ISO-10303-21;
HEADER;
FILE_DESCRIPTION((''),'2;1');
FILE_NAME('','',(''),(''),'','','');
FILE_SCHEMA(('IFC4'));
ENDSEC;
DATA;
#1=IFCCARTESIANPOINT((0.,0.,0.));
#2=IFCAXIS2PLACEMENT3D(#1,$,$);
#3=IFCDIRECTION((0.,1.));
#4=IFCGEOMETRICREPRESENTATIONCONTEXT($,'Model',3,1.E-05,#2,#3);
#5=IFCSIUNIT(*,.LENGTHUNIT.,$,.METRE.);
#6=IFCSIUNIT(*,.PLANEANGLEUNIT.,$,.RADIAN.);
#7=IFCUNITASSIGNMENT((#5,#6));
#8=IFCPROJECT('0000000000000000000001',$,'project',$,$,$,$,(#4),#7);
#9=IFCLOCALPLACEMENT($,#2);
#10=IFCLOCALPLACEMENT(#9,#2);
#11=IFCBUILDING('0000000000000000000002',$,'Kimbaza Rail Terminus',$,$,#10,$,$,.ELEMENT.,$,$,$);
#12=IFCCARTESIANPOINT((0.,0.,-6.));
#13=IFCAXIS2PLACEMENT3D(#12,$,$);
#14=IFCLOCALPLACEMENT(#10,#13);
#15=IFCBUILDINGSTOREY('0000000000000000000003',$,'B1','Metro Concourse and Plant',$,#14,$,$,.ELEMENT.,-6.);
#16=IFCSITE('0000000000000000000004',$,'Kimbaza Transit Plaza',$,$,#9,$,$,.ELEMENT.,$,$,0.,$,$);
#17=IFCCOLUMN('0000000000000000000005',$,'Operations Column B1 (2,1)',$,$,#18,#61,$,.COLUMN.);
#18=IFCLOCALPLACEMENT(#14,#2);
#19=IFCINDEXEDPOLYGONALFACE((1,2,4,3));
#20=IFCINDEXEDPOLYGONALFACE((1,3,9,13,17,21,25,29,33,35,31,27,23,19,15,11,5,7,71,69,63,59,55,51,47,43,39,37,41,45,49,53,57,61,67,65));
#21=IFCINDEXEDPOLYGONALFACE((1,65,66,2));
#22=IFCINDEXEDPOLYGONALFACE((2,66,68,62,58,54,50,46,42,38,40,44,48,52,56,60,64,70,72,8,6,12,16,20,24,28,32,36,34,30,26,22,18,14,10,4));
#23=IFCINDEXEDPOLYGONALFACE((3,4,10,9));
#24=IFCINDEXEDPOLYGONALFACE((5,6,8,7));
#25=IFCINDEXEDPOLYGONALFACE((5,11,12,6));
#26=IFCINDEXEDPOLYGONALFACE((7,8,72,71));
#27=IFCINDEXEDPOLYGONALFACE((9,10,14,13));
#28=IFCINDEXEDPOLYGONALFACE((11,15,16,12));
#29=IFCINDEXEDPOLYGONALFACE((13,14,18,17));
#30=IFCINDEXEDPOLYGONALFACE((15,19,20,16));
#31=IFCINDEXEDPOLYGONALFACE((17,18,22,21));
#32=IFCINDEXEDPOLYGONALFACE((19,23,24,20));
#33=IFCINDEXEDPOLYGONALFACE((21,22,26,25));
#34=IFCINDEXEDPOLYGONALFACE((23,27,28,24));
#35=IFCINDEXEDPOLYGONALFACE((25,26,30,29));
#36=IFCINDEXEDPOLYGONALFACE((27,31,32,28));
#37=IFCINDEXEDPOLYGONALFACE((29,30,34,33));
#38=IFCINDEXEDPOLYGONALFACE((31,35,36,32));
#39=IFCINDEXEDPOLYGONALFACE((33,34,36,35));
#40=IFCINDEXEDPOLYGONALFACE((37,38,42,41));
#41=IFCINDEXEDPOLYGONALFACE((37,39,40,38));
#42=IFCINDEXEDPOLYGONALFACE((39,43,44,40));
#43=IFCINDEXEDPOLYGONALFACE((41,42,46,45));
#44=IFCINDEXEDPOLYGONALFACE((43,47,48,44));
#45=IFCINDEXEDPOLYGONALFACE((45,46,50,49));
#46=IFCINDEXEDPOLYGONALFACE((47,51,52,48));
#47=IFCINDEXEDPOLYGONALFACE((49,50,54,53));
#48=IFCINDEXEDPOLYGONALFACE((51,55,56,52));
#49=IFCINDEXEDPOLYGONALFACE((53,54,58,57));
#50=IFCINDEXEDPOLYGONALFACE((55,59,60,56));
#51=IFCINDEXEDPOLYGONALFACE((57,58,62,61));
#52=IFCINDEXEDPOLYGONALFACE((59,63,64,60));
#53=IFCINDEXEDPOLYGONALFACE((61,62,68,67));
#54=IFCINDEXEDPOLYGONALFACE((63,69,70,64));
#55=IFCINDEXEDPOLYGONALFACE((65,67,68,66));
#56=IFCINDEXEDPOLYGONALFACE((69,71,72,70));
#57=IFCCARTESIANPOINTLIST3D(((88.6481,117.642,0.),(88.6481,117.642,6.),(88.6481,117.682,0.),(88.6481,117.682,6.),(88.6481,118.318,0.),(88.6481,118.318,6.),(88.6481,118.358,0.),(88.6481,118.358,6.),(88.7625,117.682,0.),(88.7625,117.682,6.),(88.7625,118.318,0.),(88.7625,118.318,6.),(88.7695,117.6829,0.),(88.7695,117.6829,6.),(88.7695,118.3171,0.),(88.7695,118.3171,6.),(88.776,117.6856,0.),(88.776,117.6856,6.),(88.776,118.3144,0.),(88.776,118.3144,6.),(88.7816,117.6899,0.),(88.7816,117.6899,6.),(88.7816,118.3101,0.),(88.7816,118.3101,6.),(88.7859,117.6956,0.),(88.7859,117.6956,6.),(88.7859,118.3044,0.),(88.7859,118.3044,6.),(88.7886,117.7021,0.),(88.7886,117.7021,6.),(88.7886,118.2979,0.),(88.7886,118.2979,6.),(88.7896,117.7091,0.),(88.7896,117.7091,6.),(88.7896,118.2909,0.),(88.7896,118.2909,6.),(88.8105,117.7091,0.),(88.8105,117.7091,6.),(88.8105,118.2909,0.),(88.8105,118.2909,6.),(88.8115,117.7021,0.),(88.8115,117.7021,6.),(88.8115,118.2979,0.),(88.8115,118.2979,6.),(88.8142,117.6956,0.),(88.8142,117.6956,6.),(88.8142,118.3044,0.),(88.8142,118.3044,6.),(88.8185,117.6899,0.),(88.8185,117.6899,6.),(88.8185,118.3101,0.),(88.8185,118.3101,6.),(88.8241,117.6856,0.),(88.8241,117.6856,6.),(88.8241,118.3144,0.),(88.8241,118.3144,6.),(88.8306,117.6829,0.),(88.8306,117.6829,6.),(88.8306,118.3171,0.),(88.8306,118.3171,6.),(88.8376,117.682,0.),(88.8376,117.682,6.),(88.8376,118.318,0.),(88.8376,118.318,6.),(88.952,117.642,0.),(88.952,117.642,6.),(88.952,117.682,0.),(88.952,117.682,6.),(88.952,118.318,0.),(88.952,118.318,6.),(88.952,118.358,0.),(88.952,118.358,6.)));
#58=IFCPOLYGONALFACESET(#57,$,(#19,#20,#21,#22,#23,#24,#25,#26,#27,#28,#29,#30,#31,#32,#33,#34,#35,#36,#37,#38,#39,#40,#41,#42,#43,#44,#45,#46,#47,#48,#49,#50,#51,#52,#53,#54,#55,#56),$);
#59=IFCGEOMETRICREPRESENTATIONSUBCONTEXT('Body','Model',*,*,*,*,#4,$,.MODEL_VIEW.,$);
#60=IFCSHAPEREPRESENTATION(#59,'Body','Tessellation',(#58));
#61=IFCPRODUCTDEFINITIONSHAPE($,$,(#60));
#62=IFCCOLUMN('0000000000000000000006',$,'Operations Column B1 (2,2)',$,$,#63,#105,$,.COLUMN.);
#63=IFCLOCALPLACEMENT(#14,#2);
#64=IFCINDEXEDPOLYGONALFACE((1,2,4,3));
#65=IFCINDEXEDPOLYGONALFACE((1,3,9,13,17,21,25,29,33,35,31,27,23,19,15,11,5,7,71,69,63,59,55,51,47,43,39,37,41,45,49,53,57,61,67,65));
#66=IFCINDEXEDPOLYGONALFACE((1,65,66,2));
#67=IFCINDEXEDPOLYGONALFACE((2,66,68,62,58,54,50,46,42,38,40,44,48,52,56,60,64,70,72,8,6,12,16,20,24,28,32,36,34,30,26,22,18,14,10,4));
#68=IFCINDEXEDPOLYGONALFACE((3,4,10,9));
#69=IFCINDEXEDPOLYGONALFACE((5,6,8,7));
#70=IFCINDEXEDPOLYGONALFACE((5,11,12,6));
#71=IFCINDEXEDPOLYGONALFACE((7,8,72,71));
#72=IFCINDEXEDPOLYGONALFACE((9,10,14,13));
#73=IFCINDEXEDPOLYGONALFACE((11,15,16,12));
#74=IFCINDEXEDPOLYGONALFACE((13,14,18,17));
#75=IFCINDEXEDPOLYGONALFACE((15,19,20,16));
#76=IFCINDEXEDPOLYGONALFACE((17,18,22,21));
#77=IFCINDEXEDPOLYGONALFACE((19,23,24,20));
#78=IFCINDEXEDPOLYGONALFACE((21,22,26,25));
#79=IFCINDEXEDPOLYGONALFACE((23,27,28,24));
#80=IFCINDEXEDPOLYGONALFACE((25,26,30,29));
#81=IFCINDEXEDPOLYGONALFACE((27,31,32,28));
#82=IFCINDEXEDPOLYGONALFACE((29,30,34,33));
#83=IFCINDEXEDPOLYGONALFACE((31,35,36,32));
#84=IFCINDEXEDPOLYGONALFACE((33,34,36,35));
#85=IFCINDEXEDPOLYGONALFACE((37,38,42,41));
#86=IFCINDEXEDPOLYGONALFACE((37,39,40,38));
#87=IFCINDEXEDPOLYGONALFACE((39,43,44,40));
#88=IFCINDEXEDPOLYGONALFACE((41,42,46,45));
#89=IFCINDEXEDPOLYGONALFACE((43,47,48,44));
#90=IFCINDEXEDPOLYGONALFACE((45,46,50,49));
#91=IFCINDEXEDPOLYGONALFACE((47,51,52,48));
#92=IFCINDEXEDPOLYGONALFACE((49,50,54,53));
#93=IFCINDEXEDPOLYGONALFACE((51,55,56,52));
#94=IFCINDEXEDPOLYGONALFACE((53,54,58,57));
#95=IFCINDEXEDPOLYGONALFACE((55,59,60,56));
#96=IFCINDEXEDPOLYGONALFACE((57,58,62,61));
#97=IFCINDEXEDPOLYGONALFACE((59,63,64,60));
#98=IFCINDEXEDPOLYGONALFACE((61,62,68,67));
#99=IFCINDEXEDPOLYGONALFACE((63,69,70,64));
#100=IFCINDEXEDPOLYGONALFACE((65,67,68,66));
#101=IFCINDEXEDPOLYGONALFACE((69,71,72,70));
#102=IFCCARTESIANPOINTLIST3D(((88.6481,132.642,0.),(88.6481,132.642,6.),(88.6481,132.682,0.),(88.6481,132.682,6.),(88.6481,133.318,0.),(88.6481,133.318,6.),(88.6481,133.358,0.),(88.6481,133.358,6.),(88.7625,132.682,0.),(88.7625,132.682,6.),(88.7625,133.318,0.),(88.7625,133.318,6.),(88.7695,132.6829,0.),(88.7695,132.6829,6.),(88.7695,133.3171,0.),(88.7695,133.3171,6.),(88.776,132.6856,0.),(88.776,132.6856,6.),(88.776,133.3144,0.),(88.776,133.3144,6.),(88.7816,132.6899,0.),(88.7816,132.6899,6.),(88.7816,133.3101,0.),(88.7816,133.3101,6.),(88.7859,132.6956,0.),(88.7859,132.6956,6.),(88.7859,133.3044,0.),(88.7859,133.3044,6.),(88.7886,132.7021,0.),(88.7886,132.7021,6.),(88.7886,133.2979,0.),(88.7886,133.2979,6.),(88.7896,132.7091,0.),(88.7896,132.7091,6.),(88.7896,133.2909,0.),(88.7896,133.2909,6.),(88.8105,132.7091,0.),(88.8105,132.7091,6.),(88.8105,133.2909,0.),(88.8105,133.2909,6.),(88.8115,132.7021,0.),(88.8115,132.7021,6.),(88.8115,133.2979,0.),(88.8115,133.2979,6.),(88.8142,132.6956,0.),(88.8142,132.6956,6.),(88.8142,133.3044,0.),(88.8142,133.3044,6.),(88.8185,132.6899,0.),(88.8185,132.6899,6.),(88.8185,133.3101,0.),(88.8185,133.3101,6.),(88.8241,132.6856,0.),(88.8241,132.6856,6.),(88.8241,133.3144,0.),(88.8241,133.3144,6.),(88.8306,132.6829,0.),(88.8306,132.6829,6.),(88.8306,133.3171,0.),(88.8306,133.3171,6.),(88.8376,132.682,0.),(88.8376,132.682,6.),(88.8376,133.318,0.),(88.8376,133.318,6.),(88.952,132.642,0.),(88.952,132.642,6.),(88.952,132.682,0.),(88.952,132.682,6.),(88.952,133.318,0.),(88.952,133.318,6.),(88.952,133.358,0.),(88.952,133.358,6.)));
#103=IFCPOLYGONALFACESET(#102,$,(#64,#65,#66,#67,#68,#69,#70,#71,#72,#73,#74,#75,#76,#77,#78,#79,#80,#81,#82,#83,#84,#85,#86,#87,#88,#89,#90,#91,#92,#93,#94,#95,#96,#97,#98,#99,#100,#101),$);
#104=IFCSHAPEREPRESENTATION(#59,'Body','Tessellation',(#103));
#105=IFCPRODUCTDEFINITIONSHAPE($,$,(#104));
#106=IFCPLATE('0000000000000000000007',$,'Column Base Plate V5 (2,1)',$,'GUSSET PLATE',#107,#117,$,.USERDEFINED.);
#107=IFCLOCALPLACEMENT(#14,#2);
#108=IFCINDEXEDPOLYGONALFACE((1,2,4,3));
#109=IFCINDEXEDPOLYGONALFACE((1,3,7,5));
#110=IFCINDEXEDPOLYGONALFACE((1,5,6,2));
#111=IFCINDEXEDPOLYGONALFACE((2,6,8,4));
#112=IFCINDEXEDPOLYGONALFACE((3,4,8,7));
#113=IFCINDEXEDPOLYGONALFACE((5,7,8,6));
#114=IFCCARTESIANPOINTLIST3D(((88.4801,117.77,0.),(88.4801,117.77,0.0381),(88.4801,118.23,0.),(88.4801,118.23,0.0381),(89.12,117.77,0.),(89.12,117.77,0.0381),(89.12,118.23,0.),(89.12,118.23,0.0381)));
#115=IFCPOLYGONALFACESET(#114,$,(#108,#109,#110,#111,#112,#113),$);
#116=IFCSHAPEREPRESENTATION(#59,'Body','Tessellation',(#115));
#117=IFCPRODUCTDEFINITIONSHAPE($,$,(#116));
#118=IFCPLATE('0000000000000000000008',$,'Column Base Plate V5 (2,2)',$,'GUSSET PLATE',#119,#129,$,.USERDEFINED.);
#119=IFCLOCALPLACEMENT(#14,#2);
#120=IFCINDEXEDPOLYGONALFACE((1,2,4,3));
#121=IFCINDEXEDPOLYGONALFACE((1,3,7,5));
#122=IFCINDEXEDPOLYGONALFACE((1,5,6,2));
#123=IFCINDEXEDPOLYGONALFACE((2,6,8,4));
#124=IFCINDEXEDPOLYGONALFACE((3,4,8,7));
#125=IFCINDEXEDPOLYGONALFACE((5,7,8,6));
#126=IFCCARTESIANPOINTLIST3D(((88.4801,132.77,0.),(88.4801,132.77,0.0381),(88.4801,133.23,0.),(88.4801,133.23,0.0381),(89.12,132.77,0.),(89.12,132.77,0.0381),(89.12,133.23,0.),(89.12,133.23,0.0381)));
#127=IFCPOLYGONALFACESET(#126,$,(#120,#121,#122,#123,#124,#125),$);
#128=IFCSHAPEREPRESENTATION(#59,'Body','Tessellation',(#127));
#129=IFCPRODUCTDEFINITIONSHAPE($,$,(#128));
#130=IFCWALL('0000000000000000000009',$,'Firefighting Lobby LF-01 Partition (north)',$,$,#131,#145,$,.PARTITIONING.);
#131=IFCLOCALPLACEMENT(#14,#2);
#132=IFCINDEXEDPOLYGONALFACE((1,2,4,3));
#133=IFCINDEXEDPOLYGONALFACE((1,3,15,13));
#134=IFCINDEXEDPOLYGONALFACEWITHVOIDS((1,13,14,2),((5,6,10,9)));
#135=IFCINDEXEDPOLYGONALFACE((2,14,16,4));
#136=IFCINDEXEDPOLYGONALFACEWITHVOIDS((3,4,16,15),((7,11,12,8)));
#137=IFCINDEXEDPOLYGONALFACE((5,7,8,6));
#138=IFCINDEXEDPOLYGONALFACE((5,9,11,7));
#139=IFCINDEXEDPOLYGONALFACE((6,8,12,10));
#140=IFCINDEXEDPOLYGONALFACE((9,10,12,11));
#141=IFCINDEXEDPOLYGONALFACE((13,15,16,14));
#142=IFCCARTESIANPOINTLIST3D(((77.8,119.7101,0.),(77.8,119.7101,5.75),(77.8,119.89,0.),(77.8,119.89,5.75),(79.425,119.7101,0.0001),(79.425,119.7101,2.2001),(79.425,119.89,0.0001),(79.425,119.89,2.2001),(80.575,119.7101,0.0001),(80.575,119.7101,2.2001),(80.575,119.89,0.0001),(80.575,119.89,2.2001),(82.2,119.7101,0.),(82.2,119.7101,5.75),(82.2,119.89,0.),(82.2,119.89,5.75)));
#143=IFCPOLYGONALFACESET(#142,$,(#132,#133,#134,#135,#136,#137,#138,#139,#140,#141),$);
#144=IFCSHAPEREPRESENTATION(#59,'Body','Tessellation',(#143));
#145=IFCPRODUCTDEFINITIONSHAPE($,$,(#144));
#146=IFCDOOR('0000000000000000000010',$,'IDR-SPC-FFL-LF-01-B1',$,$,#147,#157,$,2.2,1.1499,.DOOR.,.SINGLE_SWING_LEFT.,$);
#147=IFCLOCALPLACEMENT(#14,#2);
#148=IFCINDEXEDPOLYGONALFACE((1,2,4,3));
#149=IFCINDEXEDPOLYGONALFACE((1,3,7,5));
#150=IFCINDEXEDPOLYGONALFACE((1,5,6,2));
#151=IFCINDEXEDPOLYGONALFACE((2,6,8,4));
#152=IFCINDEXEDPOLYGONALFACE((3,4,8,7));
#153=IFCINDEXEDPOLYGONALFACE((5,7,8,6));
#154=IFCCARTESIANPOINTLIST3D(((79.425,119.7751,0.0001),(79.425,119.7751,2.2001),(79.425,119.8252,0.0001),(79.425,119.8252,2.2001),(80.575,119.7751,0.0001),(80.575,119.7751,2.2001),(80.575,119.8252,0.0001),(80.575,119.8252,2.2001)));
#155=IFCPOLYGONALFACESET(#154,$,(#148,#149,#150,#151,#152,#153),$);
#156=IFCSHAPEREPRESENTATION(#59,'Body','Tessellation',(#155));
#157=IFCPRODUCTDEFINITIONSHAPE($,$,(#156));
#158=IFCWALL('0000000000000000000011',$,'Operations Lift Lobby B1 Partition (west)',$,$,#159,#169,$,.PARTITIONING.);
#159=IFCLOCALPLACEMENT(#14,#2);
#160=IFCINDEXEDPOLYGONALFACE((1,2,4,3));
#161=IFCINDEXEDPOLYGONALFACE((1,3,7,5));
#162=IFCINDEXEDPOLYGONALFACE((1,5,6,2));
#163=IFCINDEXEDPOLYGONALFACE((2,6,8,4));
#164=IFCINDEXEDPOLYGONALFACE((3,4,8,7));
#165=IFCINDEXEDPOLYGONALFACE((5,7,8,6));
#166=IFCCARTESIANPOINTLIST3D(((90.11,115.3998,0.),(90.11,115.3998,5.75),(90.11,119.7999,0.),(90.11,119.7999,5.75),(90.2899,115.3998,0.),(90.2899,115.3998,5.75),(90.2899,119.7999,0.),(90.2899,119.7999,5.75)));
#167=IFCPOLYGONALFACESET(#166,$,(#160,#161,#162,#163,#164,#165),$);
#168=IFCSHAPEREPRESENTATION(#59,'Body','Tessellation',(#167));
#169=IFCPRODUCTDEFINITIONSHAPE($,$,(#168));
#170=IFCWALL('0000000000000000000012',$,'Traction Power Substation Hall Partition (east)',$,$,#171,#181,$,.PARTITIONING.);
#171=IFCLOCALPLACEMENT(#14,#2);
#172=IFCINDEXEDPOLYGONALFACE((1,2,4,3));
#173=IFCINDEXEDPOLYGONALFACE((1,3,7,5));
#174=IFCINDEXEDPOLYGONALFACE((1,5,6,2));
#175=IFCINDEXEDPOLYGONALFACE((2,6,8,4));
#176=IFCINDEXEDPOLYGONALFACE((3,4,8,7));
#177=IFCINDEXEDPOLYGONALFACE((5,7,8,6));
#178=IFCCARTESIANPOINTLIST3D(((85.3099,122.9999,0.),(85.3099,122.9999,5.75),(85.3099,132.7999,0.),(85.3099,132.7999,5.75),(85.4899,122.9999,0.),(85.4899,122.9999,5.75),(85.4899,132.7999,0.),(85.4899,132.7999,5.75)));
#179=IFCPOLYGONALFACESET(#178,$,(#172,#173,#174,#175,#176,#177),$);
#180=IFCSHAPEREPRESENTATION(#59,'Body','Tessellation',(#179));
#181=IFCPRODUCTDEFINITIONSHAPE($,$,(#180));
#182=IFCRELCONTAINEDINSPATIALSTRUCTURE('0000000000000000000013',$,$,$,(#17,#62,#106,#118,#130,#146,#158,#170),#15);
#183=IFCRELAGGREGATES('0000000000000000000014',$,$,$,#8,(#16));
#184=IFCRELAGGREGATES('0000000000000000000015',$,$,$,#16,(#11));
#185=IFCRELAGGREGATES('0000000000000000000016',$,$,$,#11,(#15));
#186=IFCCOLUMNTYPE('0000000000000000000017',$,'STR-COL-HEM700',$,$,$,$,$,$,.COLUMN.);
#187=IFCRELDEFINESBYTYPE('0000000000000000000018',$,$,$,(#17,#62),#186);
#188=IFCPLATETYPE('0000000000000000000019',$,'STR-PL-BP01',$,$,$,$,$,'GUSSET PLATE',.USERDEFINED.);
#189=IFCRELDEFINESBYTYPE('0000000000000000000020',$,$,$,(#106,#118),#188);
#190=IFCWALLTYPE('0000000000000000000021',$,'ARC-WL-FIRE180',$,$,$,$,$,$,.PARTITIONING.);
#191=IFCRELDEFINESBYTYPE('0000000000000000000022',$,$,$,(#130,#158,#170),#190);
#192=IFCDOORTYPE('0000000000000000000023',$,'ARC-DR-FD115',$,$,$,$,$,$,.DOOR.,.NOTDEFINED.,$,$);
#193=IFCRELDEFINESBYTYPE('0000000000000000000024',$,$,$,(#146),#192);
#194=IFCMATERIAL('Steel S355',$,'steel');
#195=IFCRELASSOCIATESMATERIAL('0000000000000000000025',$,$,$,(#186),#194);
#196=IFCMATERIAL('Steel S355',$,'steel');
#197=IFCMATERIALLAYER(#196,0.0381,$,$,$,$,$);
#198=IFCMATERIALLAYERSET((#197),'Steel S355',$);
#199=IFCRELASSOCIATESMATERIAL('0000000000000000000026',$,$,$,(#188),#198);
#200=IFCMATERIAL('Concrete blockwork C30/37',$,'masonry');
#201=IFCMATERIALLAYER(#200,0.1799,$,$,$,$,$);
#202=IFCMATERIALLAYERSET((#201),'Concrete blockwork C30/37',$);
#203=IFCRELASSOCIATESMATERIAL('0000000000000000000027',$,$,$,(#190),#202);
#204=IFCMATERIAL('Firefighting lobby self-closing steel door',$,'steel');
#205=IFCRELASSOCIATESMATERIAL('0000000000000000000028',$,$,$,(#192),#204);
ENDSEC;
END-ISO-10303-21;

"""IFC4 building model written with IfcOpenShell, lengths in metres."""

from ifc_helpers import new_model, si_unit, direction, frame, frame_2d, origin, origin_2d, place, context, subcontext, project, spatial, rectangle, i_section, extrude, material, layer, layer_set, material_profile, profile_set, type_object, element, fill, save


model = new_model("IFC4")

# Units and contexts
model_context = context("Model", 3, precision=1e-05, world=origin(), true_north=direction((0.0, 1.0)))
body_context = subcontext(model_context, "Body", "Model", "MODEL_VIEW")
ifc_project = project(units=[si_unit("LENGTHUNIT", "METRE"), si_unit("PLANEANGLEUNIT", "RADIAN")], contexts=[model_context])

# Site, building, storey
site_placement = place(None, origin())
site = spatial("IfcSite", under=ifc_project, at=site_placement, Name="Kimbaza Transit Plaza", CompositionType="ELEMENT", RefElevation=0.0)
building_placement = place(site_placement, origin())
building = spatial("IfcBuilding", under=site, at=building_placement, Name="Kimbaza Rail Terminus", CompositionType="ELEMENT")
storey_placement = place(building_placement, frame((0.0, 0.0, -6.0)))
storey = spatial("IfcBuildingStorey", under=building, at=storey_placement, Name="B1", Description="Metro Concourse and Plant", CompositionType="ELEMENT", Elevation=-6.0)

# Columns
ifc_material_1 = material(Name="Steel S355", Category="steel")
ifc_material_profile_1 = material_profile(ifc_material_1, i_section(OverallWidth=0.304, OverallDepth=0.7161, WebThickness=0.021, FlangeThickness=0.04, FilletRadius=0.0271, at=origin_2d()), Name="HEM 700")
ifc_profile_set_1 = profile_set([ifc_material_profile_1], Name="Steel S355")
column_type = type_object("IfcColumnType", Name="STR-COL-HEM700", PredefinedType="COLUMN", material=ifc_profile_set_1)
for number, where, z_axis, x_axis, name in (
    (1, (88.8, 118.0, 0.0), (0.0, 0.0, 1.0), (1.0, 0.0, 0.0), "Operations Column B1 (2,1)"),
    (2, (88.8, 133.0, 0.0), (0.0, 0.0, 1.0), (1.0, 0.0, 0.0), "Operations Column B1 (2,2)"),
):
    element("IfcColumn", number, at=place(storey_placement, frame(where, z_axis=z_axis, x_axis=x_axis)), inside=storey, type_object=column_type, Name=name, PredefinedType="COLUMN", context=body_context, shape_type="SweptSolid", body=[
        extrude(i_section(OverallWidth=0.304, OverallDepth=0.7161, WebThickness=0.021, FlangeThickness=0.04, FilletRadius=0.0271, at=origin_2d()), origin(), (0.0, 0.0, 1.0), 6.0),
    ])

# Plates
ifc_material_2 = material(Name="Steel S355", Category="steel")
ifc_layer_1 = layer(ifc_material_2, 0.0381)
ifc_layer_set_1 = layer_set([ifc_layer_1], Name="Steel S355")
plate_type = type_object("IfcPlateType", Name="STR-PL-BP01", ElementType="GUSSET PLATE", PredefinedType="USERDEFINED", material=ifc_layer_set_1)
for number, where, z_axis, x_axis, name in (
    (3, (88.8, 118.0, 0.0), (0.0, 0.0, 1.0), (1.0, 0.0, 0.0), "Column Base Plate V5 (2,1)"),
    (4, (88.8, 133.0, 0.0), (0.0, 0.0, 1.0), (1.0, 0.0, 0.0), "Column Base Plate V5 (2,2)"),
):
    element("IfcPlate", number, at=place(storey_placement, frame(where, z_axis=z_axis, x_axis=x_axis)), inside=storey, type_object=plate_type, Name=name, ObjectType="GUSSET PLATE", PredefinedType="USERDEFINED", context=body_context, shape_type="SweptSolid", body=[
        extrude(rectangle(XDim=0.6399, YDim=0.46, at=origin_2d()), origin(), (0.0, 0.0, 1.0), 0.0381),
    ])

# Wall, opening, door
ifc_material_3 = material(Name="Concrete blockwork C30/37", Category="masonry")
ifc_layer_2 = layer(ifc_material_3, 0.1799)
ifc_layer_set_2 = layer_set([ifc_layer_2], Name="Concrete blockwork C30/37")
wall_type_1 = type_object("IfcWallType", Name="ARC-WL-FIRE180", PredefinedType="PARTITIONING", material=ifc_layer_set_2)
wall_1_placement = place(storey_placement, frame((82.2, 119.8, 0.0), z_axis=(0.0, 0.0, 1.0), x_axis=(-1.0, 0.0, 0.0)))
wall_1 = element("IfcWall", 5, at=wall_1_placement, inside=storey, type_object=wall_type_1, Name="Firefighting Lobby LF-01 Partition (north)", PredefinedType="PARTITIONING", context=body_context, shape_type="SweptSolid", body=[
    extrude(rectangle(XDim=4.3999, YDim=0.1799, at=frame_2d((2.2, 0.0))), origin(), (0.0, 0.0, 1.0), 5.75),
])
opening_1_placement = place(wall_1_placement, frame((1.625, 0.0, 0.0)))
opening_1 = element("IfcOpeningElement", 6, at=opening_1_placement, cuts=wall_1, PredefinedType="OPENING", context=body_context, shape_type="SweptSolid", body=[
    extrude(rectangle(XDim=1.1499, YDim=2.2, at=frame_2d((0.575, 1.1001))), frame((0.0, 0.0999, 0.0), z_axis=(0.0, -1.0, 0.0), x_axis=(1.0, 0.0, 0.0)), (0.0, 0.0, 1.0), 0.2),
])
ifc_material_4 = material(Name="Firefighting lobby self-closing steel door", Category="steel")
door_type_1 = type_object("IfcDoorType", Name="ARC-DR-FD115", OperationType="NOTDEFINED", PredefinedType="DOOR", material=ifc_material_4)
door_1_placement = place(opening_1_placement, origin())
door_1 = element("IfcDoor", 7, at=door_1_placement, inside=storey, type_object=door_type_1, Name="IDR-SPC-FFL-LF-01-B1", OperationType="SINGLE_SWING_LEFT", OverallHeight=2.2, OverallWidth=1.1499, PredefinedType="DOOR", context=body_context, shape_type="SweptSolid", body=[
    extrude(rectangle(XDim=1.1499, YDim=2.2, at=frame_2d((0.575, 1.1001))), frame((0.0, 0.0249, 0.0), z_axis=(0.0, -1.0, 0.0), x_axis=(1.0, 0.0, 0.0)), (0.0, 0.0, 1.0), 0.05),
])
fill(opening_1, door_1)

# Walls
wall_2_placement = place(storey_placement, frame((90.2, 119.8, 0.0), z_axis=(0.0, 0.0, 1.0), x_axis=(0.0, -1.0, 0.0)))
element("IfcWall", 8, at=wall_2_placement, inside=storey, type_object=wall_type_1, Name="Operations Lift Lobby B1 Partition (west)", PredefinedType="PARTITIONING", context=body_context, shape_type="SweptSolid", body=[
    extrude(rectangle(XDim=4.4001, YDim=0.1799, at=frame_2d((2.2002, 0.0))), origin(), (0.0, 0.0, 1.0), 5.75),
])
wall_3_placement = place(storey_placement, frame((85.3999, 123.0, 0.0), z_axis=(0.0, 0.0, 1.0), x_axis=(0.0, 1.0, 0.0)))
element("IfcWall", 9, at=wall_3_placement, inside=storey, type_object=wall_type_1, Name="Traction Power Substation Hall Partition (east)", PredefinedType="PARTITIONING", context=body_context, shape_type="SweptSolid", body=[
    extrude(rectangle(XDim=9.8, YDim=0.1799, at=frame_2d((4.8999, 0.0))), origin(), (0.0, 0.0, 1.0), 5.75),
])

save(model, "model.ifc")
